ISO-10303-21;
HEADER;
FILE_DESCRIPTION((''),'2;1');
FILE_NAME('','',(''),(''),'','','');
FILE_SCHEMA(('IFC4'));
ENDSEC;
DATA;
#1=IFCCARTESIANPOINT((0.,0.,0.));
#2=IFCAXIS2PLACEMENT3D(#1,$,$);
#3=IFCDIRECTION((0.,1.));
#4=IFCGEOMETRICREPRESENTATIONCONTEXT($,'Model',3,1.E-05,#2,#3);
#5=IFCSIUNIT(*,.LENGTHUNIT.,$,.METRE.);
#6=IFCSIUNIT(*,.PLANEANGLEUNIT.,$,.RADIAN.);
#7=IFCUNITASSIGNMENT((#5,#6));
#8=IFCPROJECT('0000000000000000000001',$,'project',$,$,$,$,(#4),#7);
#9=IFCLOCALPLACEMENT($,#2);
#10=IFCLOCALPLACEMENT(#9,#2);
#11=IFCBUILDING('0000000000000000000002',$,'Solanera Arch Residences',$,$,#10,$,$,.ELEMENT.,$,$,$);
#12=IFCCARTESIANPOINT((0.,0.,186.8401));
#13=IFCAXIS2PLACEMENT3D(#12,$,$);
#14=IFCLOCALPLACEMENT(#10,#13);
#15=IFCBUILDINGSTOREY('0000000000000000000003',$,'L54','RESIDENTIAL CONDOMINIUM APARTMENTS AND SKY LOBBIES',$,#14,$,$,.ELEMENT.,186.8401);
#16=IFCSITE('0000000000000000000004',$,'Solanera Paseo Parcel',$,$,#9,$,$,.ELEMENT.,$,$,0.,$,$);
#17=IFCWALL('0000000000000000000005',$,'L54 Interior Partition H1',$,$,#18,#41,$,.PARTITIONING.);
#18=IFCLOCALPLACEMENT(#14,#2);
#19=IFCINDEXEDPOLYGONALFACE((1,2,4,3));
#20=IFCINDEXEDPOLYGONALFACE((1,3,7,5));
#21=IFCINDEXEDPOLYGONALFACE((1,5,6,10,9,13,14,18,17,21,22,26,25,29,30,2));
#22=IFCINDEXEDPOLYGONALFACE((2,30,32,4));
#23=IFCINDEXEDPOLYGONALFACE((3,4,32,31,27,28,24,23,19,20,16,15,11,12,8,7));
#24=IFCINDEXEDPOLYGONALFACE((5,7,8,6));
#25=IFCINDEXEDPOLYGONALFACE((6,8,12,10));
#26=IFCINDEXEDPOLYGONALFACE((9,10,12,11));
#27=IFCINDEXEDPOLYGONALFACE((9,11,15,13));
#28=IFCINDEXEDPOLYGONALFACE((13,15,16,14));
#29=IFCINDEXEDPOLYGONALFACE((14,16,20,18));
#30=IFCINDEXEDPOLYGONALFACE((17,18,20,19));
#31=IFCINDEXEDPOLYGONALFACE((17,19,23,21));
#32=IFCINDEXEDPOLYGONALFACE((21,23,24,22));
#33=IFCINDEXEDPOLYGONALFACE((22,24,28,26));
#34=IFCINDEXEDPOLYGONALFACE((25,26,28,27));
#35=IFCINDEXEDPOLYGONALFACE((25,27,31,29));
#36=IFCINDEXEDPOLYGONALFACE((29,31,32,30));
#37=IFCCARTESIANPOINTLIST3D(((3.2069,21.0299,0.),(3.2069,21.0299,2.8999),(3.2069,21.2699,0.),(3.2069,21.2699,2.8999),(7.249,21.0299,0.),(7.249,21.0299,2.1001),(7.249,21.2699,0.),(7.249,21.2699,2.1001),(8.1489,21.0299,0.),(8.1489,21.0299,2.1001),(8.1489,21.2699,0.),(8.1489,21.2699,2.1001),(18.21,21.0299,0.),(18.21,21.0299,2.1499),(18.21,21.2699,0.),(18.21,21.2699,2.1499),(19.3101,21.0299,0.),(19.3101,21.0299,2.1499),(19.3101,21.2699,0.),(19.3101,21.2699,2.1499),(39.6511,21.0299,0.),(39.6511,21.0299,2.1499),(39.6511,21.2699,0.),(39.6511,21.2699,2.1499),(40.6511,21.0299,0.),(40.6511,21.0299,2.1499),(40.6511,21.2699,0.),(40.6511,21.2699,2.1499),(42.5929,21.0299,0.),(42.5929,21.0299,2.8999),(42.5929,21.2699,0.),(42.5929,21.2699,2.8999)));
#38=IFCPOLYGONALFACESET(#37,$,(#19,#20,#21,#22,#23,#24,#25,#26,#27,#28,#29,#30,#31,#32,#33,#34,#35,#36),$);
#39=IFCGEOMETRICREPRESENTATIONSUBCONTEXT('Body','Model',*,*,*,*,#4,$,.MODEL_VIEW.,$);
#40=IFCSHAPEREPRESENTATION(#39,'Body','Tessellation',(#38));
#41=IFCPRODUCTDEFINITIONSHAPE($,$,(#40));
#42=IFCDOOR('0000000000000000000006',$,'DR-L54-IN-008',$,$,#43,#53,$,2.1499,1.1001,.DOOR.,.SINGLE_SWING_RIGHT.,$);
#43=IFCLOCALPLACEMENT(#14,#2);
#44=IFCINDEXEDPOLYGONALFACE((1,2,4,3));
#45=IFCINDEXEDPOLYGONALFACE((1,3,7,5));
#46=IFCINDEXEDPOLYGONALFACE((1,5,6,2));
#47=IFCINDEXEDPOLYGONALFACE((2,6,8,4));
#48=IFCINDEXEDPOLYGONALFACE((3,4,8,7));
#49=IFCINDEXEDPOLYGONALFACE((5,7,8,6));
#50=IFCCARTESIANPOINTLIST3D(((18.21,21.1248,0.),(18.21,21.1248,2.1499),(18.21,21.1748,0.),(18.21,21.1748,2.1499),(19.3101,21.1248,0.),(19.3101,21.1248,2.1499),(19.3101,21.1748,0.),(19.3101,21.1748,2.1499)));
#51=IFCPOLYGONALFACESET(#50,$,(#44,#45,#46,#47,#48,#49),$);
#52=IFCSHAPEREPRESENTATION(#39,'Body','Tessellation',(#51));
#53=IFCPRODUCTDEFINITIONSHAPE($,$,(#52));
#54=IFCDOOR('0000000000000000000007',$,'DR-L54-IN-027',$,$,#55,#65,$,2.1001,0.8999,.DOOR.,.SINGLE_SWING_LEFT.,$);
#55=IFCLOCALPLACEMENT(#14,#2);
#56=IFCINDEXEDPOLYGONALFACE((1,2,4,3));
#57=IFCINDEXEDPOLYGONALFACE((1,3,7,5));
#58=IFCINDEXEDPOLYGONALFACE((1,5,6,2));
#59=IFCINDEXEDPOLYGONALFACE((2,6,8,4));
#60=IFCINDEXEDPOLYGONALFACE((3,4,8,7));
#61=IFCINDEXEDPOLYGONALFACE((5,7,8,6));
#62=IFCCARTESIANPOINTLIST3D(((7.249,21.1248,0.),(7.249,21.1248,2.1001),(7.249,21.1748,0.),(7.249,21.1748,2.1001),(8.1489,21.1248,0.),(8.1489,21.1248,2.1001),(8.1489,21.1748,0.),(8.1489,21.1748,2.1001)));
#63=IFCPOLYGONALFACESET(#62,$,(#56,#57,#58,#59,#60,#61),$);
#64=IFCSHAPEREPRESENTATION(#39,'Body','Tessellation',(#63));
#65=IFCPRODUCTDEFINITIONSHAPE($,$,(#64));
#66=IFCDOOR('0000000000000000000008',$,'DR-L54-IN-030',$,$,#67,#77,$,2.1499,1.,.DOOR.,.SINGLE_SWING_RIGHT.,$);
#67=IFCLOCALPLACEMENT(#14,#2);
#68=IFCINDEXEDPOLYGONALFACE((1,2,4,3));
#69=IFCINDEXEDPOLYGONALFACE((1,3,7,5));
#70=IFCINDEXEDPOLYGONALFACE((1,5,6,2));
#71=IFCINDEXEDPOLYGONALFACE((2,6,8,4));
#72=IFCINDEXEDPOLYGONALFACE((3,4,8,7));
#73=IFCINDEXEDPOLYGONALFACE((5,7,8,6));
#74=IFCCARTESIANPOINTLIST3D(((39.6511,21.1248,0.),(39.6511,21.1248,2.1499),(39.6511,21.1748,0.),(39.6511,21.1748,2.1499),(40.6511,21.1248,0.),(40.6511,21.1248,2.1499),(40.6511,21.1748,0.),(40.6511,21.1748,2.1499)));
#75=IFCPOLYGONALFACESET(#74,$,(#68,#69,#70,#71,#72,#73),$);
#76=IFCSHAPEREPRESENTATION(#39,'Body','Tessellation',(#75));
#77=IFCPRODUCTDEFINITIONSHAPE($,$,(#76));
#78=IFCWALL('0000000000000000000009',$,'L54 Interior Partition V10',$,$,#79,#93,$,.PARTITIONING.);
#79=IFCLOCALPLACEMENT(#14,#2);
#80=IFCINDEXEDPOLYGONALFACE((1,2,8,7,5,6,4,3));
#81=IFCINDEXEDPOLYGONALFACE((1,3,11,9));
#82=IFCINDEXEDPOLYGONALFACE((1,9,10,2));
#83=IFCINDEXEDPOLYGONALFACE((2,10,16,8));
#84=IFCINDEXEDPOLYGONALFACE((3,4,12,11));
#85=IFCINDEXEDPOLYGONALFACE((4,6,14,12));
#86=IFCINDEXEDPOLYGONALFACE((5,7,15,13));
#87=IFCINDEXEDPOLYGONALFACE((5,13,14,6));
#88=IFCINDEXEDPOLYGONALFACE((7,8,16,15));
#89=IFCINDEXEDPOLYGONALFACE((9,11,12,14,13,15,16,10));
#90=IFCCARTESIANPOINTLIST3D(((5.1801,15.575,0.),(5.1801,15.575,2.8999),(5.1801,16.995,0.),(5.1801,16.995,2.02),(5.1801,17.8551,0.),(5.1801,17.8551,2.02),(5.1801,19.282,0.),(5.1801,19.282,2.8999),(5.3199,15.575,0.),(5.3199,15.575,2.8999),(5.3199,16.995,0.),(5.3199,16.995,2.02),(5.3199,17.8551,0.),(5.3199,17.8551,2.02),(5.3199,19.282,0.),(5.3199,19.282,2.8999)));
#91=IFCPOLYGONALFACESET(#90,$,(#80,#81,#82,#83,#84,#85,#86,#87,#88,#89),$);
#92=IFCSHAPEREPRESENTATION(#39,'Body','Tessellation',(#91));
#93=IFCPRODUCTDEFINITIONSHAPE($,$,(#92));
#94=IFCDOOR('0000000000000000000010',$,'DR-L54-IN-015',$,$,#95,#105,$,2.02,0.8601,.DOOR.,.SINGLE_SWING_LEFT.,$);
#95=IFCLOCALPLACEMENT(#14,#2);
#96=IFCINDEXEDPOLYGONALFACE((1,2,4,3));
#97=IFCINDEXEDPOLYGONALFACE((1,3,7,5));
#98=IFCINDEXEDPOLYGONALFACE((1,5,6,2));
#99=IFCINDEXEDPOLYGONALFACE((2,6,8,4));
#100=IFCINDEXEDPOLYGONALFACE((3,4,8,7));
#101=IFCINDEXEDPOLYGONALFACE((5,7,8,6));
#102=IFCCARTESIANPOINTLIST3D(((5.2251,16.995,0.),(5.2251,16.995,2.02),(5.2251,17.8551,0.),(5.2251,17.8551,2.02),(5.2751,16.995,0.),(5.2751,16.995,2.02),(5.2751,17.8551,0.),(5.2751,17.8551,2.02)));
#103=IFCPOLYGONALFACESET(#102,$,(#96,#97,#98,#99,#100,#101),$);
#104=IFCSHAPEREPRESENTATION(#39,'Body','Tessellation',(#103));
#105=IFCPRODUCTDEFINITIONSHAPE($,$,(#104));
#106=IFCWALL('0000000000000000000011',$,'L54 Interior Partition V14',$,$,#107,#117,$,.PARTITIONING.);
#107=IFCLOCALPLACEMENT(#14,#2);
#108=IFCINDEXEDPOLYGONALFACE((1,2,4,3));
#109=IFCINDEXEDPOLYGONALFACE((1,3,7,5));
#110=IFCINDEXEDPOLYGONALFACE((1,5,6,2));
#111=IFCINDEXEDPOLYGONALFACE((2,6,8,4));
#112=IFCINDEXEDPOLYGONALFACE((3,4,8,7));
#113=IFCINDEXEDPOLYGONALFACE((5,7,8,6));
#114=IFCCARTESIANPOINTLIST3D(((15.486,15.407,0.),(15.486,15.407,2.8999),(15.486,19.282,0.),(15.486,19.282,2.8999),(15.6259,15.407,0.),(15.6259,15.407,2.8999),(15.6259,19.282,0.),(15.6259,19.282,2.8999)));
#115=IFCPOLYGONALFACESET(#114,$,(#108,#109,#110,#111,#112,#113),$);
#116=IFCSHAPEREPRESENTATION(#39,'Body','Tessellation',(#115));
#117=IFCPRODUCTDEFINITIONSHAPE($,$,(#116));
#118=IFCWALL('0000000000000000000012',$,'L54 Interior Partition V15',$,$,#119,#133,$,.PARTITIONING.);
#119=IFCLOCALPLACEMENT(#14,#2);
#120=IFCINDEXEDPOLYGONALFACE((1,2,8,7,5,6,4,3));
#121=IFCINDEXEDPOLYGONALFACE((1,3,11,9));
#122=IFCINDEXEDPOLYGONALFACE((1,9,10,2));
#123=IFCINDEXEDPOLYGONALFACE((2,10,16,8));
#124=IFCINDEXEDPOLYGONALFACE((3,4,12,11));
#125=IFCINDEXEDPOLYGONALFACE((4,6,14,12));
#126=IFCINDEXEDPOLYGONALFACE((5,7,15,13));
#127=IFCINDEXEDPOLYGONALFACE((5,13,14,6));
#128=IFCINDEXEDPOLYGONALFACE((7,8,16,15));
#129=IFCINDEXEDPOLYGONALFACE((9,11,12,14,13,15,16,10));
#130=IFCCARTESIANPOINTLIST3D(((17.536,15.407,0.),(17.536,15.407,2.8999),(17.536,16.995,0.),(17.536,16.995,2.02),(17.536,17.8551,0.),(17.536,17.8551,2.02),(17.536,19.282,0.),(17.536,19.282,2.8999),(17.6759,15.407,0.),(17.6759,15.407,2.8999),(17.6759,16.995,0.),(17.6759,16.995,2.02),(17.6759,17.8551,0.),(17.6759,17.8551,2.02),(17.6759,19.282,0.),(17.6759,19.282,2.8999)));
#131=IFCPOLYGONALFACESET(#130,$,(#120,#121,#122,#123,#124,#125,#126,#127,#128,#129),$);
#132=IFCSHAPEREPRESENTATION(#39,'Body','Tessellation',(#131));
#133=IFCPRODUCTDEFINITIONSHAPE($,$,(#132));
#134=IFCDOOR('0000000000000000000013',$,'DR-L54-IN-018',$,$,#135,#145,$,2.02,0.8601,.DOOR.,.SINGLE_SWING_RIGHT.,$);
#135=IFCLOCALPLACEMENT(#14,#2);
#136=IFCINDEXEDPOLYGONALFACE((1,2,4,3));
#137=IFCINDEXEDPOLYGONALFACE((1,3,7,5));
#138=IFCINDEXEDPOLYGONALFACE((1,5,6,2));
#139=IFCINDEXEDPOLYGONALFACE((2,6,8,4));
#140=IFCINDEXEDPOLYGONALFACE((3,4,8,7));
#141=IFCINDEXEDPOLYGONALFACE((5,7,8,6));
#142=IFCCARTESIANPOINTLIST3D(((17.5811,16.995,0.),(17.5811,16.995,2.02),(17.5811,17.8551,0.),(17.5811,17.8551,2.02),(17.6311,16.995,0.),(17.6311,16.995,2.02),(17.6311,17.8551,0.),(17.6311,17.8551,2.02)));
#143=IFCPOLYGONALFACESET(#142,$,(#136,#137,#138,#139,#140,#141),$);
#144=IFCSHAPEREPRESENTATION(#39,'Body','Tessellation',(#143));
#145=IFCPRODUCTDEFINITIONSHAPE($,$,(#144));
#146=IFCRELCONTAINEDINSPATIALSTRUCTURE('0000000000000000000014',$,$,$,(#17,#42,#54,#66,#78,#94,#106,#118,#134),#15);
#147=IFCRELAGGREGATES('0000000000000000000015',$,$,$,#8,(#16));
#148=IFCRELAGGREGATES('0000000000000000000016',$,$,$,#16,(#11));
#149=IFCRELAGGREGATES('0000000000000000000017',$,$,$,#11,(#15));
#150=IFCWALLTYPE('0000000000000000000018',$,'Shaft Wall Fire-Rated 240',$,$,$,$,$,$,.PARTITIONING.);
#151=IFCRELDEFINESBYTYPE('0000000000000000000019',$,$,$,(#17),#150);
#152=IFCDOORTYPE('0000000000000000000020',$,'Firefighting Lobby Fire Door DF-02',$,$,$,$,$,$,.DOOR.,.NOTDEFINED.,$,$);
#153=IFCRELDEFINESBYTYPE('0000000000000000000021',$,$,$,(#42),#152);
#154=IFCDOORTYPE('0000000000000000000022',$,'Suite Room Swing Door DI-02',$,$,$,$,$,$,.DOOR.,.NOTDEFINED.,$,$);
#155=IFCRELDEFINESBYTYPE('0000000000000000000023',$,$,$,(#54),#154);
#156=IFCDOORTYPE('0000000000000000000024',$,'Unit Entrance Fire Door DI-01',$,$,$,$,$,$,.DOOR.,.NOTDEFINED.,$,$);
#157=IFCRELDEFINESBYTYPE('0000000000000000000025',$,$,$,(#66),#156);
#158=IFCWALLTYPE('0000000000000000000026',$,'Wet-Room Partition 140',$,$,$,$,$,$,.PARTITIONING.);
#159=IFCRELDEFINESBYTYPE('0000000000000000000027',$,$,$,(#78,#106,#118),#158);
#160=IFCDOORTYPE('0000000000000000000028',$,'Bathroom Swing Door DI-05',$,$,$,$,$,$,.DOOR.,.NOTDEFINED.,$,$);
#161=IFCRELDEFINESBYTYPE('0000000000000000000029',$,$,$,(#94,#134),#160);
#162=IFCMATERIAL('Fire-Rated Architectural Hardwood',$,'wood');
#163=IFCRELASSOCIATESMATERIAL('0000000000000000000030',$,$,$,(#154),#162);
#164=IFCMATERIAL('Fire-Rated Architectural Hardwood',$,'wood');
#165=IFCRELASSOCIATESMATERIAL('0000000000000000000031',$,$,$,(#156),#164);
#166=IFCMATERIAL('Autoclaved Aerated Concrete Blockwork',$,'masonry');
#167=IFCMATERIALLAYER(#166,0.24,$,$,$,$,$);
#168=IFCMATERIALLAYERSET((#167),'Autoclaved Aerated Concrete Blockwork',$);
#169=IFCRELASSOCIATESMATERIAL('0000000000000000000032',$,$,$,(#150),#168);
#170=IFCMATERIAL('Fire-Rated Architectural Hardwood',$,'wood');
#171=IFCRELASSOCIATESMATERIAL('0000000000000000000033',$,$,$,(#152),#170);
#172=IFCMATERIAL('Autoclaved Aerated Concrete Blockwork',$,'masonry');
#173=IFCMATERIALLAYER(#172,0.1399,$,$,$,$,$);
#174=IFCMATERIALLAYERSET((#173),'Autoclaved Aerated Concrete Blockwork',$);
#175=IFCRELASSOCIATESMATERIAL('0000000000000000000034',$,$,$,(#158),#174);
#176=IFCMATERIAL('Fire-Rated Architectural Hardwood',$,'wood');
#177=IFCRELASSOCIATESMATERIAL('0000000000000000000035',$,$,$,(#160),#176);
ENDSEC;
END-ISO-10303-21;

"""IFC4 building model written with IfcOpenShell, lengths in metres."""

from ifc_helpers import new_model, si_unit, direction, frame, frame_2d, origin, place, context, subcontext, project, spatial, rectangle, extrude, material, layer, layer_set, type_object, element, fill, save


model = new_model("IFC4")

# Units and contexts
model_context = context("Model", 3, precision=1e-05, world=origin(), true_north=direction((0.0, 1.0)))
body_context = subcontext(model_context, "Body", "Model", "MODEL_VIEW")
ifc_project = project(units=[si_unit("LENGTHUNIT", "METRE"), si_unit("PLANEANGLEUNIT", "RADIAN")], contexts=[model_context])

# Site, building, storey
site_placement = place(None, origin())
site = spatial("IfcSite", under=ifc_project, at=site_placement, Name="Solanera Paseo Parcel", CompositionType="ELEMENT", RefElevation=0.0)
building_placement = place(site_placement, origin())
building = spatial("IfcBuilding", under=site, at=building_placement, Name="Solanera Arch Residences", CompositionType="ELEMENT")
storey_placement = place(building_placement, frame((0.0, 0.0, 186.8401)))
storey = spatial("IfcBuildingStorey", under=building, at=storey_placement, Name="L54", Description="RESIDENTIAL CONDOMINIUM APARTMENTS AND SKY LOBBIES", CompositionType="ELEMENT", Elevation=186.8401)

# Shared definitions
ifc_material_1 = material(Name="Fire-Rated Architectural Hardwood", Category="wood")
door_type_1 = type_object("IfcDoorType", Name="Suite Room Swing Door DI-02", OperationType="NOTDEFINED", PredefinedType="DOOR", material=ifc_material_1)
ifc_material_2 = material(Name="Fire-Rated Architectural Hardwood", Category="wood")
door_type_2 = type_object("IfcDoorType", Name="Unit Entrance Fire Door DI-01", OperationType="NOTDEFINED", PredefinedType="DOOR", material=ifc_material_2)

# Wall, openings, doors
ifc_material_3 = material(Name="Autoclaved Aerated Concrete Blockwork", Category="masonry")
ifc_layer_1 = layer(ifc_material_3, 0.24)
ifc_layer_set_1 = layer_set([ifc_layer_1], Name="Autoclaved Aerated Concrete Blockwork")
wall_type_1 = type_object("IfcWallType", Name="Shaft Wall Fire-Rated 240", PredefinedType="PARTITIONING", material=ifc_layer_set_1)
wall_1_placement = place(storey_placement, frame((3.207, 21.1499, 0.0), z_axis=(0.0, 0.0, 1.0), x_axis=(1.0, 0.0, 0.0)))
wall_1 = element("IfcWall", 1, at=wall_1_placement, inside=storey, type_object=wall_type_1, Name="L54 Interior Partition H1", PredefinedType="PARTITIONING", context=body_context, shape_type="SweptSolid", body=[
    extrude(rectangle(XDim=39.386, YDim=0.24, at=frame_2d((19.6929, 0.0))), origin(), (0.0, 0.0, 1.0), 2.8999),
])
opening_1_placement = place(wall_1_placement, frame((15.0029, 0.0, 0.0)))
opening_1 = element("IfcOpeningElement", 2, at=opening_1_placement, cuts=wall_1, PredefinedType="OPENING", context=body_context, shape_type="SweptSolid", body=[
    extrude(rectangle(XDim=1.1001, YDim=2.1499, at=frame_2d((0.55, 1.075))), frame((0.0, 0.1299, 0.0), z_axis=(0.0, -1.0, 0.0), x_axis=(1.0, 0.0, 0.0)), (0.0, 0.0, 1.0), 0.26),
])
opening_2_placement = place(wall_1_placement, frame((4.042, 0.0, 0.0)))
opening_2 = element("IfcOpeningElement", 3, at=opening_2_placement, cuts=wall_1, PredefinedType="OPENING", context=body_context, shape_type="SweptSolid", body=[
    extrude(rectangle(XDim=0.8999, YDim=2.1001, at=frame_2d((0.45, 1.05))), frame((0.0, 0.1299, 0.0), z_axis=(0.0, -1.0, 0.0), x_axis=(1.0, 0.0, 0.0)), (0.0, 0.0, 1.0), 0.26),
])
opening_3_placement = place(wall_1_placement, frame((36.4441, 0.0, 0.0)))
opening_3 = element("IfcOpeningElement", 4, at=opening_3_placement, cuts=wall_1, PredefinedType="OPENING", context=body_context, shape_type="SweptSolid", body=[
    extrude(rectangle(XDim=1.0, YDim=2.1499, at=frame_2d((0.5, 1.075))), frame((0.0, 0.1299, 0.0), z_axis=(0.0, -1.0, 0.0), x_axis=(1.0, 0.0, 0.0)), (0.0, 0.0, 1.0), 0.26),
])
ifc_material_4 = material(Name="Fire-Rated Architectural Hardwood", Category="wood")
door_type_3 = type_object("IfcDoorType", Name="Firefighting Lobby Fire Door DF-02", OperationType="NOTDEFINED", PredefinedType="DOOR", material=ifc_material_4)
door_1_placement = place(opening_1_placement, origin())
door_1 = element("IfcDoor", 5, at=door_1_placement, inside=storey, type_object=door_type_3, Name="DR-L54-IN-008", OperationType="SINGLE_SWING_RIGHT", OverallHeight=2.1499, OverallWidth=1.1001, PredefinedType="DOOR", context=body_context, shape_type="SweptSolid", body=[
    extrude(rectangle(XDim=1.1001, YDim=2.1499, at=frame_2d((0.55, 1.075))), frame((0.0, 0.0249, 0.0), z_axis=(0.0, -1.0, 0.0), x_axis=(1.0, 0.0, 0.0)), (0.0, 0.0, 1.0), 0.05),
])
fill(opening_1, door_1)
door_2_placement = place(opening_2_placement, origin())
door_2 = element("IfcDoor", 6, at=door_2_placement, inside=storey, type_object=door_type_1, Name="DR-L54-IN-027", OperationType="SINGLE_SWING_LEFT", OverallHeight=2.1001, OverallWidth=0.8999, PredefinedType="DOOR", context=body_context, shape_type="SweptSolid", body=[
    extrude(rectangle(XDim=0.8999, YDim=2.1001, at=frame_2d((0.45, 1.05))), frame((0.0, 0.0249, 0.0), z_axis=(0.0, -1.0, 0.0), x_axis=(1.0, 0.0, 0.0)), (0.0, 0.0, 1.0), 0.05),
])
fill(opening_2, door_2)
door_3_placement = place(opening_3_placement, origin())
door_3 = element("IfcDoor", 7, at=door_3_placement, inside=storey, type_object=door_type_2, Name="DR-L54-IN-030", OperationType="SINGLE_SWING_RIGHT", OverallHeight=2.1499, OverallWidth=1.0, PredefinedType="DOOR", context=body_context, shape_type="SweptSolid", body=[
    extrude(rectangle(XDim=1.0, YDim=2.1499, at=frame_2d((0.5, 1.075))), frame((0.0, 0.0249, 0.0), z_axis=(0.0, -1.0, 0.0), x_axis=(1.0, 0.0, 0.0)), (0.0, 0.0, 1.0), 0.05),
])
fill(opening_3, door_3)

# Wall, opening, door
ifc_material_5 = material(Name="Autoclaved Aerated Concrete Blockwork", Category="masonry")
ifc_layer_2 = layer(ifc_material_5, 0.1399)
ifc_layer_set_2 = layer_set([ifc_layer_2], Name="Autoclaved Aerated Concrete Blockwork")
wall_type_2 = type_object("IfcWallType", Name="Wet-Room Partition 140", PredefinedType="PARTITIONING", material=ifc_layer_set_2)
wall_2_placement = place(storey_placement, frame((5.25, 15.575, 0.0), z_axis=(0.0, 0.0, 1.0), x_axis=(0.0, 1.0, 0.0)))
wall_2 = element("IfcWall", 8, at=wall_2_placement, inside=storey, type_object=wall_type_2, Name="L54 Interior Partition V10", PredefinedType="PARTITIONING", context=body_context, shape_type="SweptSolid", body=[
    extrude(rectangle(XDim=3.707, YDim=0.1399, at=frame_2d((1.8535, 0.0))), origin(), (0.0, 0.0, 1.0), 2.8999),
])
opening_4_placement = place(wall_2_placement, frame((1.4199, 0.0, 0.0)))
opening_4 = element("IfcOpeningElement", 9, at=opening_4_placement, cuts=wall_2, PredefinedType="OPENING", context=body_context, shape_type="SweptSolid", body=[
    extrude(rectangle(XDim=0.8601, YDim=2.02, at=frame_2d((0.4302, 1.01))), frame((0.0, 0.0798, 0.0), z_axis=(0.0, -1.0, 0.0), x_axis=(1.0, 0.0, 0.0)), (0.0, 0.0, 1.0), 0.1599),
])
ifc_material_6 = material(Name="Fire-Rated Architectural Hardwood", Category="wood")
door_type_4 = type_object("IfcDoorType", Name="Bathroom Swing Door DI-05", OperationType="NOTDEFINED", PredefinedType="DOOR", material=ifc_material_6)
door_4_placement = place(opening_4_placement, origin())
door_4 = element("IfcDoor", 10, at=door_4_placement, inside=storey, type_object=door_type_4, Name="DR-L54-IN-015", OperationType="SINGLE_SWING_LEFT", OverallHeight=2.02, OverallWidth=0.8601, PredefinedType="DOOR", context=body_context, shape_type="SweptSolid", body=[
    extrude(rectangle(XDim=0.8601, YDim=2.02, at=frame_2d((0.4302, 1.01))), frame((0.0, 0.0249, 0.0), z_axis=(0.0, -1.0, 0.0), x_axis=(1.0, 0.0, 0.0)), (0.0, 0.0, 1.0), 0.05),
])
fill(opening_4, door_4)

# Wall
wall_3_placement = place(storey_placement, frame((15.5559, 15.407, 0.0), z_axis=(0.0, 0.0, 1.0), x_axis=(0.0, 1.0, 0.0)))
element("IfcWall", 11, at=wall_3_placement, inside=storey, type_object=wall_type_2, Name="L54 Interior Partition V14", PredefinedType="PARTITIONING", context=body_context, shape_type="SweptSolid", body=[
    extrude(rectangle(XDim=3.875, YDim=0.1399, at=frame_2d((1.9375, 0.0))), origin(), (0.0, 0.0, 1.0), 2.8999),
])

# Wall, opening, door
wall_4_placement = place(storey_placement, frame((17.606, 15.407, 0.0), z_axis=(0.0, 0.0, 1.0), x_axis=(0.0, 1.0, 0.0)))
wall_4 = element("IfcWall", 12, at=wall_4_placement, inside=storey, type_object=wall_type_2, Name="L54 Interior Partition V15", PredefinedType="PARTITIONING", context=body_context, shape_type="SweptSolid", body=[
    extrude(rectangle(XDim=3.875, YDim=0.1399, at=frame_2d((1.9375, 0.0))), origin(), (0.0, 0.0, 1.0), 2.8999),
])
opening_5_placement = place(wall_4_placement, frame((1.5879, 0.0, 0.0)))
opening_5 = element("IfcOpeningElement", 13, at=opening_5_placement, cuts=wall_4, PredefinedType="OPENING", context=body_context, shape_type="SweptSolid", body=[
    extrude(rectangle(XDim=0.8601, YDim=2.02, at=frame_2d((0.4302, 1.01))), frame((0.0, 0.0798, 0.0), z_axis=(0.0, -1.0, 0.0), x_axis=(1.0, 0.0, 0.0)), (0.0, 0.0, 1.0), 0.1599),
])
door_5_placement = place(opening_5_placement, origin())
door_5 = element("IfcDoor", 14, at=door_5_placement, inside=storey, type_object=door_type_4, Name="DR-L54-IN-018", OperationType="SINGLE_SWING_RIGHT", OverallHeight=2.02, OverallWidth=0.8601, PredefinedType="DOOR", context=body_context, shape_type="SweptSolid", body=[
    extrude(rectangle(XDim=0.8601, YDim=2.02, at=frame_2d((0.4302, 1.01))), frame((0.0, 0.0249, 0.0), z_axis=(0.0, -1.0, 0.0), x_axis=(1.0, 0.0, 0.0)), (0.0, 0.0, 1.0), 0.05),
])
fill(opening_5, door_5)

save(model, "model.ifc")
